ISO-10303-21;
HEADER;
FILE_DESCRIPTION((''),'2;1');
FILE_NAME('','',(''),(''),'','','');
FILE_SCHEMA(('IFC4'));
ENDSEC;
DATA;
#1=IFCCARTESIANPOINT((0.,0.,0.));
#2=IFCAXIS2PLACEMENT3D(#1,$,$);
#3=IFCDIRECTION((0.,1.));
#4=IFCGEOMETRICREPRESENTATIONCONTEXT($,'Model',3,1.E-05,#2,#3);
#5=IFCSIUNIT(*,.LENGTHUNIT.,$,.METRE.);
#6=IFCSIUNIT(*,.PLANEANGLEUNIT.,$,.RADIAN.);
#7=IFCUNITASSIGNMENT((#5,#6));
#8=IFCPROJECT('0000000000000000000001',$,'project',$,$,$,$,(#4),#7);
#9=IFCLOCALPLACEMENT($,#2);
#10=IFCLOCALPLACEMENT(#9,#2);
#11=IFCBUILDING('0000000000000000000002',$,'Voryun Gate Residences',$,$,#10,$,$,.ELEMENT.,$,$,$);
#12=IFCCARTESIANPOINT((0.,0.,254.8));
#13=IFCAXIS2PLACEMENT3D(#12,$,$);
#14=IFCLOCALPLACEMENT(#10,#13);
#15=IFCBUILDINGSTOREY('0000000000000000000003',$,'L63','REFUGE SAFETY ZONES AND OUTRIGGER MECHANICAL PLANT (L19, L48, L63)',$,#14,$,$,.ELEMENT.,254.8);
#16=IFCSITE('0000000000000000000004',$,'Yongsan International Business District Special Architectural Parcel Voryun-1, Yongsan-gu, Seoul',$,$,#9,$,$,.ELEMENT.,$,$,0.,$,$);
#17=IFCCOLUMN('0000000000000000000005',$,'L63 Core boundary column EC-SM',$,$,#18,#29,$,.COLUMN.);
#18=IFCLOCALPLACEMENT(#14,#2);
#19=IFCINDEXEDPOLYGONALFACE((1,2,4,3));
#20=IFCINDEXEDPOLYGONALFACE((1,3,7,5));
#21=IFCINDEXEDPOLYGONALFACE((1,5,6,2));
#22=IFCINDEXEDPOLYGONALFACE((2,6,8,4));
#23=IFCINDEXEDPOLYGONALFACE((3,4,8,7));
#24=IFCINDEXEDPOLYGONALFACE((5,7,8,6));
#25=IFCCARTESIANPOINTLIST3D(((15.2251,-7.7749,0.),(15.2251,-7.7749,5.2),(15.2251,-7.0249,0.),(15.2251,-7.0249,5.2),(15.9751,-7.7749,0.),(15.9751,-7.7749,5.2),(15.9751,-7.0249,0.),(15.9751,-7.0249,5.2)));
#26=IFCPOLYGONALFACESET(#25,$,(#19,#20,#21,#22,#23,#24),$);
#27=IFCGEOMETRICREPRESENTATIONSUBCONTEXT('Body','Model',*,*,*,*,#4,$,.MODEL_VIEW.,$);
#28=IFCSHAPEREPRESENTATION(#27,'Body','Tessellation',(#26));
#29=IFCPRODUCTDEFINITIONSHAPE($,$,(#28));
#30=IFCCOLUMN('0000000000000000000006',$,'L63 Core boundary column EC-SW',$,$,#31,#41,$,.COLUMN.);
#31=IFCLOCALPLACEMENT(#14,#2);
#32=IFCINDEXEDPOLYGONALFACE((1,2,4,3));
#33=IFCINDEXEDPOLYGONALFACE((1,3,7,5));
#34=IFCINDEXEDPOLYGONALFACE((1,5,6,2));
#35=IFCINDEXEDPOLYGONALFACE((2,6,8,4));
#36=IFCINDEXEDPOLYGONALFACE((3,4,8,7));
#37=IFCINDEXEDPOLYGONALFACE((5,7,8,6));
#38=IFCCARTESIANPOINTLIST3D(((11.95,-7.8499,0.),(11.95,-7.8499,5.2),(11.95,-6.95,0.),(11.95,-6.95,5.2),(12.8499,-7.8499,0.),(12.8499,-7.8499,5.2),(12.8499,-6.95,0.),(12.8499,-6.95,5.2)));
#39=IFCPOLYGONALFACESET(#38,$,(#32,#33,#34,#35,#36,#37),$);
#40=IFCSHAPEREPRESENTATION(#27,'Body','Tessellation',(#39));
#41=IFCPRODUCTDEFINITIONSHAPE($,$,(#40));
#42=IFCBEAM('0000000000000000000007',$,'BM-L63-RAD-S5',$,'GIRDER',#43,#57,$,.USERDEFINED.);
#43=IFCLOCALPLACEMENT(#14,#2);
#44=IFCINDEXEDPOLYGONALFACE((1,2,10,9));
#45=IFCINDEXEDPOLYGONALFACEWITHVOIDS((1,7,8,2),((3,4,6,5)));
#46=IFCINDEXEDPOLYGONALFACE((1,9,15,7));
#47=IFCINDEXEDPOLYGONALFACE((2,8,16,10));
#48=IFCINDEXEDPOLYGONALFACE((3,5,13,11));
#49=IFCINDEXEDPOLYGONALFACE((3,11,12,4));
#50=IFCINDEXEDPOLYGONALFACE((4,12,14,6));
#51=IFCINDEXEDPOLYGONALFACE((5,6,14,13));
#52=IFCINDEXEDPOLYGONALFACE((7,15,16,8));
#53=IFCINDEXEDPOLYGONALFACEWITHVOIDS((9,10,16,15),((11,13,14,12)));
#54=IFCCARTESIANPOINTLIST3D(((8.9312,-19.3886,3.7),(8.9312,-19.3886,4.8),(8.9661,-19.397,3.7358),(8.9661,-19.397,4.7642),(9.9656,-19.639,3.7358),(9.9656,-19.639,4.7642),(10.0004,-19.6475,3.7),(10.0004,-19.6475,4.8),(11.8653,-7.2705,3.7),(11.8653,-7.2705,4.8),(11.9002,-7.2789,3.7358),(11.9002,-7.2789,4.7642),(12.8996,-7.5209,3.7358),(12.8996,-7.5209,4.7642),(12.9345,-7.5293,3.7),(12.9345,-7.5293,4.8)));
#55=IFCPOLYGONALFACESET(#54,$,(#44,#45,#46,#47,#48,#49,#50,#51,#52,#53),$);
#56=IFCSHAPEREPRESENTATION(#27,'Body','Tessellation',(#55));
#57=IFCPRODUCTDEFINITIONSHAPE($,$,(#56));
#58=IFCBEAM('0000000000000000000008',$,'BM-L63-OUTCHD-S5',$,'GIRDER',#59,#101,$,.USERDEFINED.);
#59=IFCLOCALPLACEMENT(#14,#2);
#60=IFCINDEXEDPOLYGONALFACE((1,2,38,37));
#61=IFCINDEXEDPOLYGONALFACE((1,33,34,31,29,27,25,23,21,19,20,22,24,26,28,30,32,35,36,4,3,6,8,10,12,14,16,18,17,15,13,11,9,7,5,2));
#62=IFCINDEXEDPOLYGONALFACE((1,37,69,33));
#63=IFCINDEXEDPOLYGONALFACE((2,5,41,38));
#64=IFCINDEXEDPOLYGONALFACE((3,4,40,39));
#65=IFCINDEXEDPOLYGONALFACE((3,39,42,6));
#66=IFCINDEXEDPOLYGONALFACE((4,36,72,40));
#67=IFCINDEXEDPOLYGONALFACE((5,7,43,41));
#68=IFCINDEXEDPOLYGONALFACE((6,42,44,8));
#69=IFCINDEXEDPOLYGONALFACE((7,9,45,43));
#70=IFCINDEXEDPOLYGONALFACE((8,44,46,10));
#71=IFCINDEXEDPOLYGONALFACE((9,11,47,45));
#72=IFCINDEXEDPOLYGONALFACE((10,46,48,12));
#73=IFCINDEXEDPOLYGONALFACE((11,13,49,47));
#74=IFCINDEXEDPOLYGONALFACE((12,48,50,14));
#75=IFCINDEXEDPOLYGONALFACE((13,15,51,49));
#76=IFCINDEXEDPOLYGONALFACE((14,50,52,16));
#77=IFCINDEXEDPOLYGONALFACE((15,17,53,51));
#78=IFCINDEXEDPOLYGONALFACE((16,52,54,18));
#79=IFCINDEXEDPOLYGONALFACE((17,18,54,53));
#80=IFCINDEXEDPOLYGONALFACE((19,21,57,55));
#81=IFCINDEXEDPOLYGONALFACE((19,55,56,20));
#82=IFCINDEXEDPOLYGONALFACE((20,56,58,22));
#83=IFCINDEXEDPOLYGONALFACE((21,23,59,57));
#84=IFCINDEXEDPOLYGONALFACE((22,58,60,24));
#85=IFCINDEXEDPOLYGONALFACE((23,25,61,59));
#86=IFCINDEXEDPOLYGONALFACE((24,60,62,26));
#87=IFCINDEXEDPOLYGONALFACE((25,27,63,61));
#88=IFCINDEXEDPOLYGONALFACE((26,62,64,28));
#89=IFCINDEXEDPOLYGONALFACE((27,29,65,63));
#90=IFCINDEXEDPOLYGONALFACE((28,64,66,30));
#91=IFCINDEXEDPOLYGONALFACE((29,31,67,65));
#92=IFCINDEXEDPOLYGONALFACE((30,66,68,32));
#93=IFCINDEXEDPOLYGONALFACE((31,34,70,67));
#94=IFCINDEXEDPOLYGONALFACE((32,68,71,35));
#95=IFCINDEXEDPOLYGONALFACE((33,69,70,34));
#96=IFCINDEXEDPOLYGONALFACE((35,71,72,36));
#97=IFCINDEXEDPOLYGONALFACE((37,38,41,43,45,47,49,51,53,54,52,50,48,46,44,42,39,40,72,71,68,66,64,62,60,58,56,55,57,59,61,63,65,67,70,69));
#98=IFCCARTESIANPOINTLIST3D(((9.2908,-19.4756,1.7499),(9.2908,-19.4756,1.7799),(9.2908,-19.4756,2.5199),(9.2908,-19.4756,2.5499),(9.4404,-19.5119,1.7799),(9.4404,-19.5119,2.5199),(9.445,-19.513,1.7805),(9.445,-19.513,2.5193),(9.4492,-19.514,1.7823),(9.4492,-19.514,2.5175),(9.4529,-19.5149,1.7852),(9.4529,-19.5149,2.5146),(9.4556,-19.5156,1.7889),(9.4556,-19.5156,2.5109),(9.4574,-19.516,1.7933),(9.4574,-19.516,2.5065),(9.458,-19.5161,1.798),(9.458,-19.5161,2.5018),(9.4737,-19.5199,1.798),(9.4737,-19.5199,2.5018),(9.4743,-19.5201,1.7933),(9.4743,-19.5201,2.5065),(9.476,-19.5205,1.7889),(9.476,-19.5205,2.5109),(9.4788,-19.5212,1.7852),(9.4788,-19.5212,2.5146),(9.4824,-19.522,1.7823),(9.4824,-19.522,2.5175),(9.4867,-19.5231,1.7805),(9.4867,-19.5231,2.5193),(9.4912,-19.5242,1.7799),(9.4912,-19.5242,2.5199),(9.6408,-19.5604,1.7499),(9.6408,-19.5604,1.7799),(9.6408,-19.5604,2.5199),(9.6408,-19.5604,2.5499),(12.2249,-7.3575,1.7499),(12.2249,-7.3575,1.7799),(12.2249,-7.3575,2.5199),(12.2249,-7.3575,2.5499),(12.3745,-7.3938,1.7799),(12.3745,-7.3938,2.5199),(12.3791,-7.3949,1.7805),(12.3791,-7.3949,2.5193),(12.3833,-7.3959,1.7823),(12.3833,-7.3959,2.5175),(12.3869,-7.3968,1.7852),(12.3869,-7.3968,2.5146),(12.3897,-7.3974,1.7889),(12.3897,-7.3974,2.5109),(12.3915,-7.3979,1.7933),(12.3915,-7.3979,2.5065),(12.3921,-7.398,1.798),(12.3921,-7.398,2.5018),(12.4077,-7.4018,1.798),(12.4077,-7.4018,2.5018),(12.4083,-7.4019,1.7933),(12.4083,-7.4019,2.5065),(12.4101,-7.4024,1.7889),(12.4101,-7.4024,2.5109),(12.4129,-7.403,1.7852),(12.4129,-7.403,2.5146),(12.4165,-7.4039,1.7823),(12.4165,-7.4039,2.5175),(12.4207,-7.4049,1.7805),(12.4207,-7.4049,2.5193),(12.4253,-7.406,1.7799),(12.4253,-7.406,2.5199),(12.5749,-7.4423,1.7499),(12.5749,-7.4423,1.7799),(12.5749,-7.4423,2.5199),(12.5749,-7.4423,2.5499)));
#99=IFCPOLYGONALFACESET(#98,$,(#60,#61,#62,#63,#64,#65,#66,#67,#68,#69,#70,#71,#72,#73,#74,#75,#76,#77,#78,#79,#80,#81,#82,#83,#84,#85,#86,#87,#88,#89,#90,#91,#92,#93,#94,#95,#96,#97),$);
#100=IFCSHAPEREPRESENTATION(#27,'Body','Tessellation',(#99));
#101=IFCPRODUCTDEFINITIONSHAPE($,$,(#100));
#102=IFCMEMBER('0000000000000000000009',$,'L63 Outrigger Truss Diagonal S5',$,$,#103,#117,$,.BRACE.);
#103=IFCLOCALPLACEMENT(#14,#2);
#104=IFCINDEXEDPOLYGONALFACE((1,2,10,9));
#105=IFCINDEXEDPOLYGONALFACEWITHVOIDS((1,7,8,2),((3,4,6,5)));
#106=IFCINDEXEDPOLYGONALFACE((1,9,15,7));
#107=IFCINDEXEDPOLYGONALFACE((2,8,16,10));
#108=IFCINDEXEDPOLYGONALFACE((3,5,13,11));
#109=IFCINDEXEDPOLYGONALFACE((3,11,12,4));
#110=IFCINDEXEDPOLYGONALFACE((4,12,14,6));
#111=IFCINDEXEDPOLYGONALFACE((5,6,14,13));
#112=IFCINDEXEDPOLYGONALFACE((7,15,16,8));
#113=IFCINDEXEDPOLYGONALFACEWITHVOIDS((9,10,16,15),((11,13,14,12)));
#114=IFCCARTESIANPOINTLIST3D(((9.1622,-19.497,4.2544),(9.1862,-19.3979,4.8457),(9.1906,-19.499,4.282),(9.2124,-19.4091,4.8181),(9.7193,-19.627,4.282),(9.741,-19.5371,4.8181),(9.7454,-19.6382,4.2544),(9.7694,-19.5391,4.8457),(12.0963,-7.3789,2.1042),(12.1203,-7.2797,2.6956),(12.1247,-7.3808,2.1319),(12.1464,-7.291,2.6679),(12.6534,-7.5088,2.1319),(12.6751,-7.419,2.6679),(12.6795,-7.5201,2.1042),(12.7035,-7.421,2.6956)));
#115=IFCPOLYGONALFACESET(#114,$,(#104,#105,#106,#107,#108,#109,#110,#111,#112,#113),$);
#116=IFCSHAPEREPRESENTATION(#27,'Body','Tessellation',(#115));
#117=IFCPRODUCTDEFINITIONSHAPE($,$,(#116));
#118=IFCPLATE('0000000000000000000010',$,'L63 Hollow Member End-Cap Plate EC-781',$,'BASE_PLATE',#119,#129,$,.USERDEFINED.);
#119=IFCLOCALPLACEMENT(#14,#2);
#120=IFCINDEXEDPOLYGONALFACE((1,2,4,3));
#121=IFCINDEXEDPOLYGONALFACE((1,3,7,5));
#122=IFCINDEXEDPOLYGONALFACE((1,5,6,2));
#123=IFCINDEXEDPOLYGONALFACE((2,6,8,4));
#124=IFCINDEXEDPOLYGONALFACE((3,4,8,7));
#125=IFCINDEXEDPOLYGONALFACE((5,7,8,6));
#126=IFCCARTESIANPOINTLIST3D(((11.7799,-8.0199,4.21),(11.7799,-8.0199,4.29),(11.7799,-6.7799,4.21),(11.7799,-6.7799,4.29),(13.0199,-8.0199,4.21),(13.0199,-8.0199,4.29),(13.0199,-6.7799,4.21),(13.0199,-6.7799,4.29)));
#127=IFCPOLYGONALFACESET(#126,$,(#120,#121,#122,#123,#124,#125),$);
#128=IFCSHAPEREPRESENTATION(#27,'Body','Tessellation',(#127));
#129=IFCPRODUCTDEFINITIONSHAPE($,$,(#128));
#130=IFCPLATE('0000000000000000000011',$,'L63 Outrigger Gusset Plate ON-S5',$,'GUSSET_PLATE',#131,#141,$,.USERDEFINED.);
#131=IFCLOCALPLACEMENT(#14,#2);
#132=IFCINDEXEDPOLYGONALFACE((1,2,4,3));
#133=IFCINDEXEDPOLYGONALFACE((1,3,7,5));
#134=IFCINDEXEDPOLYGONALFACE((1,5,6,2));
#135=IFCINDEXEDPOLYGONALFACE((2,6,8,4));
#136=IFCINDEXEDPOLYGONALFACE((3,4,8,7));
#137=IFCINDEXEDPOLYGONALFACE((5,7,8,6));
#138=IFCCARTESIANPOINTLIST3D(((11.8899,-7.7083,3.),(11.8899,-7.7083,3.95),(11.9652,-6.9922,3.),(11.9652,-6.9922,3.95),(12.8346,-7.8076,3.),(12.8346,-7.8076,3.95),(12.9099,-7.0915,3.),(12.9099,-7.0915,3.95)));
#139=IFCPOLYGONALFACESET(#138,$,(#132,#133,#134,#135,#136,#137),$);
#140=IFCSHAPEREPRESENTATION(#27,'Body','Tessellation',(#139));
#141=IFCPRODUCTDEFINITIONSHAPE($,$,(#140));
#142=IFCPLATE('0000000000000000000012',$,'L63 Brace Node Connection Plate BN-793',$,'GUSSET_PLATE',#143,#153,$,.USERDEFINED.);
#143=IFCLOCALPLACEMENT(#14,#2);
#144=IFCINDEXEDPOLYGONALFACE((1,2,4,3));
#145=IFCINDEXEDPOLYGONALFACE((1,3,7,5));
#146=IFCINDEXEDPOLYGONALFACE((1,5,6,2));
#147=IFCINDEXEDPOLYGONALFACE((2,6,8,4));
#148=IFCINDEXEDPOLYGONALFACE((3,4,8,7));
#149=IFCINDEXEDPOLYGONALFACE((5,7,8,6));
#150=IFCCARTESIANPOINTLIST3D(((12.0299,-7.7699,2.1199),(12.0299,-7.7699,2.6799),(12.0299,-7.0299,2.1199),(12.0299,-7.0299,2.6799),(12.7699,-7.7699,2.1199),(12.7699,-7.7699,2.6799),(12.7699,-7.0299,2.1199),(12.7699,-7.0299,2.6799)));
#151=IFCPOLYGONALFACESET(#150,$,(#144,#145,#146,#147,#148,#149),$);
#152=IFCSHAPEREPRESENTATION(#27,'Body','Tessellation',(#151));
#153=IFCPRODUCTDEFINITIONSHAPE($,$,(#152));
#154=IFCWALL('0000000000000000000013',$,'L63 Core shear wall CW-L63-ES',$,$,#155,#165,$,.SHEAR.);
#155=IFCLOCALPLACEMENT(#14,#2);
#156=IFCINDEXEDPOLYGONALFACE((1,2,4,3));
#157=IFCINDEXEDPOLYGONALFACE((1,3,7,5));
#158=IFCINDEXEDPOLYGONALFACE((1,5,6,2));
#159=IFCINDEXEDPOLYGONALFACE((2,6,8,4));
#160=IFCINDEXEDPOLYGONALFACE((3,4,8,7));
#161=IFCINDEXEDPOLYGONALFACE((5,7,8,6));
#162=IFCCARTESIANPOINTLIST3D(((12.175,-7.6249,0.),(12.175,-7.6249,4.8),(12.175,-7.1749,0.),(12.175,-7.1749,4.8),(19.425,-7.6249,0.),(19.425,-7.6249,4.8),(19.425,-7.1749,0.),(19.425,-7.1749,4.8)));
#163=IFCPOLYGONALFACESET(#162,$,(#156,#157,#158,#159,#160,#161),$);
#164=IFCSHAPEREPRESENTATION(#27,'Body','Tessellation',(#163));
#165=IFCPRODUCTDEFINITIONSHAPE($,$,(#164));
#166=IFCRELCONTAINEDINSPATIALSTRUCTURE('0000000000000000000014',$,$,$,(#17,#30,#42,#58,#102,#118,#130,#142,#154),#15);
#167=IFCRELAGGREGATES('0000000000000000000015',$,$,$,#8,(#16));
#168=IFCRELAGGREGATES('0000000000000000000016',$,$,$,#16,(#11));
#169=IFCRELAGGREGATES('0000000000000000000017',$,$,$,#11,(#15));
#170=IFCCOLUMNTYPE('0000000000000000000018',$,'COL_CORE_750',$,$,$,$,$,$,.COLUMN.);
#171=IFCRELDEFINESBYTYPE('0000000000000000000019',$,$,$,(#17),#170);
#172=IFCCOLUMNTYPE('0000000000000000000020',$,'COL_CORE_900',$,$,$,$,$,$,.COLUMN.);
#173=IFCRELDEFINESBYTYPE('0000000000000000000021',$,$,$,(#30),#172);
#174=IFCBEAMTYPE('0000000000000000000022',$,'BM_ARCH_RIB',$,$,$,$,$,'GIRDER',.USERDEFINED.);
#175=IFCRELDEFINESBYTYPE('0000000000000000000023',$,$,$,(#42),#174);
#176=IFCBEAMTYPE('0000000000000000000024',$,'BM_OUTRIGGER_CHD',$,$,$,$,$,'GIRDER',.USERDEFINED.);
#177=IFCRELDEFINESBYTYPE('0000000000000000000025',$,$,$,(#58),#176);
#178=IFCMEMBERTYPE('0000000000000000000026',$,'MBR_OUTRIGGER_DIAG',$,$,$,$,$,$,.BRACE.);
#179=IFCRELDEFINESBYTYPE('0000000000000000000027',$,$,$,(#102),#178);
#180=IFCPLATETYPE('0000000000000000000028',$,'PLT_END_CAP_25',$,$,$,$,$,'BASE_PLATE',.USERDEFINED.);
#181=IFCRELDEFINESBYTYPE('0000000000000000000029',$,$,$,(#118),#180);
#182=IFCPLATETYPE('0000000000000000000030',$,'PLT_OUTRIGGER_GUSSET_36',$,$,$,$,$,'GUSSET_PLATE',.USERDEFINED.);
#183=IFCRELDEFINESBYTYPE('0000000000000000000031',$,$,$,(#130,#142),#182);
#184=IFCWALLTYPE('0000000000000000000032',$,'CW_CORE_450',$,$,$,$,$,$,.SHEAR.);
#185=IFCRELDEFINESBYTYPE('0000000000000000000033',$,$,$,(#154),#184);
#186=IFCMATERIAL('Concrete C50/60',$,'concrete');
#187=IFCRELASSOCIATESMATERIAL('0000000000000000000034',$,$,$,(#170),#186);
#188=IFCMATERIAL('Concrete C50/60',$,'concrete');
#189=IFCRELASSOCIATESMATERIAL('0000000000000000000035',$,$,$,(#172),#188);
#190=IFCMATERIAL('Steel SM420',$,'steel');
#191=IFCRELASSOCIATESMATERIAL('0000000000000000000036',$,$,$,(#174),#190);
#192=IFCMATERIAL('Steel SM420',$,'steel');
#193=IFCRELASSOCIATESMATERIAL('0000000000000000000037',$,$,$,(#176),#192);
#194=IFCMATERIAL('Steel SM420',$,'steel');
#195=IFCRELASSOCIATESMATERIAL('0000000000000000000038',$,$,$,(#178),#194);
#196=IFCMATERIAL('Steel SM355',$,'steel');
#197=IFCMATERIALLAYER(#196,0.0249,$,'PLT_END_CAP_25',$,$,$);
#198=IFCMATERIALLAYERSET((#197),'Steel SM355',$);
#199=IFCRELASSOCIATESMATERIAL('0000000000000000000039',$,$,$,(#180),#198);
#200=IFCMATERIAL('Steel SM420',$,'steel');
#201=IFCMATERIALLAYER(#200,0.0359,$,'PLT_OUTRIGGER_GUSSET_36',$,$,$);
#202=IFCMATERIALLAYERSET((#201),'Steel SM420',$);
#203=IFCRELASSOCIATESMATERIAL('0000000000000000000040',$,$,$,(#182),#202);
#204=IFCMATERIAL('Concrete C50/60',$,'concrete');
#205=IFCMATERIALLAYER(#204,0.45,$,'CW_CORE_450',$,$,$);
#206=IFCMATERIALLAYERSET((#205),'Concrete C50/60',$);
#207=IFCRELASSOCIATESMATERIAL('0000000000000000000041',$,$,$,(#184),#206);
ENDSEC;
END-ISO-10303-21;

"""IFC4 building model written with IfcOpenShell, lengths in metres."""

from ifc_helpers import new_model, si_unit, direction, frame, frame_2d, origin, origin_2d, place, context, subcontext, project, spatial, rectangle, hollow_rectangle, i_section, extrude, material, layer, layer_set, material_profile, profile_set, type_object, element, save


model = new_model("IFC4")

# Units and contexts
model_context = context("Model", 3, precision=1e-05, world=origin(), true_north=direction((0.0, 1.0)))
body_context = subcontext(model_context, "Body", "Model", "MODEL_VIEW")
ifc_project = project(units=[si_unit("LENGTHUNIT", "METRE"), si_unit("PLANEANGLEUNIT", "RADIAN")], contexts=[model_context])

# Site, building, storey
site_placement = place(None, origin())
site = spatial("IfcSite", under=ifc_project, at=site_placement, Name="Yongsan International Business District Special Architectural Parcel Voryun-1, Yongsan-gu, Seoul", CompositionType="ELEMENT", RefElevation=0.0)
building_placement = place(site_placement, origin())
building = spatial("IfcBuilding", under=site, at=building_placement, Name="Voryun Gate Residences", CompositionType="ELEMENT")
storey_placement = place(building_placement, frame((0.0, 0.0, 254.8)))
storey = spatial("IfcBuildingStorey", under=building, at=storey_placement, Name="L63", Description="REFUGE SAFETY ZONES AND OUTRIGGER MECHANICAL PLANT (L19, L48, L63)", CompositionType="ELEMENT", Elevation=254.8)

# Columns
ifc_material_1 = material(Name="Concrete C50/60", Category="concrete")
ifc_material_profile_1 = material_profile(ifc_material_1, rectangle(XDim=0.75, YDim=0.75, at=origin_2d()), Name="RC-750x750")
ifc_profile_set_1 = profile_set([ifc_material_profile_1], Name="Concrete C50/60")
column_type_1 = type_object("IfcColumnType", Name="COL_CORE_750", PredefinedType="COLUMN", material=ifc_profile_set_1)
column_1_placement = place(storey_placement, frame((15.6001, -7.3999, 0.0), z_axis=(0.0, 0.0, 1.0), x_axis=(1.0, 0.0, 0.0)))
element("IfcColumn", 1, at=column_1_placement, inside=storey, type_object=column_type_1, Name="L63 Core boundary column EC-SM", PredefinedType="COLUMN", context=body_context, shape_type="SweptSolid", body=[
    extrude(rectangle(XDim=0.75, YDim=0.75, at=origin_2d()), origin(), (0.0, 0.0, 1.0), 5.2),
])
ifc_material_2 = material(Name="Concrete C50/60", Category="concrete")
ifc_material_profile_2 = material_profile(ifc_material_2, rectangle(XDim=0.8999, YDim=0.8999, at=origin_2d()), Name="RC-900x900")
ifc_profile_set_2 = profile_set([ifc_material_profile_2], Name="Concrete C50/60")
column_type_2 = type_object("IfcColumnType", Name="COL_CORE_900", PredefinedType="COLUMN", material=ifc_profile_set_2)
column_2_placement = place(storey_placement, frame((12.3999, -7.3999, 0.0), z_axis=(0.0, 0.0, 1.0), x_axis=(1.0, 0.0, 0.0)))
element("IfcColumn", 2, at=column_2_placement, inside=storey, type_object=column_type_2, Name="L63 Core boundary column EC-SW", PredefinedType="COLUMN", context=body_context, shape_type="SweptSolid", body=[
    extrude(rectangle(XDim=0.8999, YDim=0.8999, at=origin_2d()), origin(), (0.0, 0.0, 1.0), 5.2),
])

# Beams
ifc_material_3 = material(Name="Steel SM420", Category="steel")
ifc_material_profile_3 = material_profile(ifc_material_3, hollow_rectangle(XDim=1.1001, YDim=1.1001, WallThickness=0.0359, at=origin_2d()), Name="BOX-1100x1100x36")
ifc_profile_set_3 = profile_set([ifc_material_profile_3], Name="Steel SM420")
beam_type_1 = type_object("IfcBeamType", Name="BM_ARCH_RIB", ElementType="GIRDER", PredefinedType="USERDEFINED", material=ifc_profile_set_3)
beam_1_placement = place(storey_placement, frame((12.3999, -7.3999, 4.25), z_axis=(-0.235323, -0.971917, 0.0), x_axis=(0.971917, -0.235323, 0.0)))
element("IfcBeam", 3, at=beam_1_placement, inside=storey, type_object=beam_type_1, Name="BM-L63-RAD-S5", ObjectType="GIRDER", PredefinedType="USERDEFINED", context=body_context, shape_type="SweptSolid", body=[
    extrude(hollow_rectangle(XDim=1.1001, YDim=1.1001, WallThickness=0.0359, at=origin_2d()), origin(), (0.0, 0.0, 1.0), 12.4683),
])
ifc_material_4 = material(Name="Steel SM420", Category="steel")
ifc_material_profile_4 = material_profile(ifc_material_4, i_section(OverallWidth=0.3601, OverallDepth=0.8, WebThickness=0.0161, FlangeThickness=0.03, FilletRadius=0.0181, at=origin_2d()), Name="H-800x360x16x30")
ifc_profile_set_4 = profile_set([ifc_material_profile_4], Name="Steel SM420")
beam_type_2 = type_object("IfcBeamType", Name="BM_OUTRIGGER_CHD", ElementType="GIRDER", PredefinedType="USERDEFINED", material=ifc_profile_set_4)
beam_2_placement = place(storey_placement, frame((12.3999, -7.3999, 2.1499), z_axis=(-0.235323, -0.971917, 0.0), x_axis=(0.971917, -0.235323, 0.0)))
element("IfcBeam", 4, at=beam_2_placement, inside=storey, type_object=beam_type_2, Name="BM-L63-OUTCHD-S5", ObjectType="GIRDER", PredefinedType="USERDEFINED", context=body_context, shape_type="SweptSolid", body=[
    extrude(i_section(OverallWidth=0.3601, OverallDepth=0.8, WebThickness=0.0161, FlangeThickness=0.03, FilletRadius=0.0181, at=origin_2d()), origin(), (0.0, 0.0, 1.0), 12.4683),
])

# Member
ifc_material_5 = material(Name="Steel SM420", Category="steel")
ifc_material_profile_5 = material_profile(ifc_material_5, hollow_rectangle(XDim=0.6001, YDim=0.6001, WallThickness=0.0281, at=origin_2d()), Name="BOX-600x600x28")
ifc_profile_set_5 = profile_set([ifc_material_profile_5], Name="Steel SM420")
member_type = type_object("IfcMemberType", Name="MBR_OUTRIGGER_DIAG", PredefinedType="BRACE", material=ifc_profile_set_5)
member_placement = place(storey_placement, frame((12.3999, -7.3999, 2.3999), z_axis=(-0.2319, -0.95778, 0.169941), x_axis=(0.971917, -0.235323, 0.0)))
element("IfcMember", 5, at=member_placement, inside=storey, type_object=member_type, Name="L63 Outrigger Truss Diagonal S5", PredefinedType="BRACE", context=body_context, shape_type="SweptSolid", body=[
    extrude(hollow_rectangle(XDim=0.6001, YDim=0.6001, WallThickness=0.0281, at=origin_2d()), origin(), (0.0, 0.0, 1.0), 12.6523),
])

# Plates
ifc_material_6 = material(Name="Steel SM355", Category="steel")
ifc_layer_1 = layer(ifc_material_6, 0.0249, Name="PLT_END_CAP_25")
ifc_layer_set_1 = layer_set([ifc_layer_1], Name="Steel SM355")
plate_type_1 = type_object("IfcPlateType", Name="PLT_END_CAP_25", ElementType="BASE_PLATE", PredefinedType="USERDEFINED", material=ifc_layer_set_1)
plate_1_placement = place(storey_placement, frame((12.3999, -7.3999, 4.21), z_axis=(0.0, 0.0, 1.0), x_axis=(1.0, 0.0, 0.0)))
element("IfcPlate", 6, at=plate_1_placement, inside=storey, type_object=plate_type_1, Name="L63 Hollow Member End-Cap Plate EC-781", ObjectType="BASE_PLATE", PredefinedType="USERDEFINED", context=body_context, shape_type="SweptSolid", body=[
    extrude(rectangle(XDim=1.24, YDim=1.24, at=origin_2d()), origin(), (0.0, 0.0, 1.0), 0.0801),
])
ifc_material_7 = material(Name="Steel SM420", Category="steel")
ifc_layer_2 = layer(ifc_material_7, 0.0359, Name="PLT_OUTRIGGER_GUSSET_36")
ifc_layer_set_2 = layer_set([ifc_layer_2], Name="Steel SM420")
plate_type_2 = type_object("IfcPlateType", Name="PLT_OUTRIGGER_GUSSET_36", ElementType="GUSSET_PLATE", PredefinedType="USERDEFINED", material=ifc_layer_set_2)
plate_2_placement = place(storey_placement, frame((12.3999, -7.3999, 3.0), z_axis=(0.0, 0.0, 1.0), x_axis=(0.994522, -0.104528, 0.0)))
element("IfcPlate", 7, at=plate_2_placement, inside=storey, type_object=plate_type_2, Name="L63 Outrigger Gusset Plate ON-S5", ObjectType="GUSSET_PLATE", PredefinedType="USERDEFINED", context=body_context, shape_type="SweptSolid", body=[
    extrude(rectangle(XDim=0.95, YDim=0.72, at=origin_2d()), origin(), (0.0, 0.0, 1.0), 0.95),
])
plate_3_placement = place(storey_placement, frame((12.3999, -7.3999, 2.1199), z_axis=(0.0, 0.0, 1.0), x_axis=(1.0, 0.0, 0.0)))
element("IfcPlate", 8, at=plate_3_placement, inside=storey, type_object=plate_type_2, Name="L63 Brace Node Connection Plate BN-793", ObjectType="GUSSET_PLATE", PredefinedType="USERDEFINED", context=body_context, shape_type="SweptSolid", body=[
    extrude(rectangle(XDim=0.74, YDim=0.74, at=origin_2d()), origin(), (0.0, 0.0, 1.0), 0.5601),
])

# Wall
ifc_material_8 = material(Name="Concrete C50/60", Category="concrete")
ifc_layer_3 = layer(ifc_material_8, 0.45, Name="CW_CORE_450")
ifc_layer_set_3 = layer_set([ifc_layer_3], Name="Concrete C50/60")
wall_type_1 = type_object("IfcWallType", Name="CW_CORE_450", PredefinedType="SHEAR", material=ifc_layer_set_3)
wall_1_placement = place(storey_placement, frame((12.175, -7.3999, 0.0), z_axis=(0.0, 0.0, 1.0), x_axis=(1.0, 0.0, 0.0)))
element("IfcWall", 9, at=wall_1_placement, inside=storey, type_object=wall_type_1, Name="L63 Core shear wall CW-L63-ES", PredefinedType="SHEAR", context=body_context, shape_type="SweptSolid", body=[
    extrude(rectangle(XDim=7.25, YDim=0.45, at=frame_2d((3.625, 0.0))), origin(), (0.0, 0.0, 1.0), 4.8),
])

save(model, "model.ifc")
